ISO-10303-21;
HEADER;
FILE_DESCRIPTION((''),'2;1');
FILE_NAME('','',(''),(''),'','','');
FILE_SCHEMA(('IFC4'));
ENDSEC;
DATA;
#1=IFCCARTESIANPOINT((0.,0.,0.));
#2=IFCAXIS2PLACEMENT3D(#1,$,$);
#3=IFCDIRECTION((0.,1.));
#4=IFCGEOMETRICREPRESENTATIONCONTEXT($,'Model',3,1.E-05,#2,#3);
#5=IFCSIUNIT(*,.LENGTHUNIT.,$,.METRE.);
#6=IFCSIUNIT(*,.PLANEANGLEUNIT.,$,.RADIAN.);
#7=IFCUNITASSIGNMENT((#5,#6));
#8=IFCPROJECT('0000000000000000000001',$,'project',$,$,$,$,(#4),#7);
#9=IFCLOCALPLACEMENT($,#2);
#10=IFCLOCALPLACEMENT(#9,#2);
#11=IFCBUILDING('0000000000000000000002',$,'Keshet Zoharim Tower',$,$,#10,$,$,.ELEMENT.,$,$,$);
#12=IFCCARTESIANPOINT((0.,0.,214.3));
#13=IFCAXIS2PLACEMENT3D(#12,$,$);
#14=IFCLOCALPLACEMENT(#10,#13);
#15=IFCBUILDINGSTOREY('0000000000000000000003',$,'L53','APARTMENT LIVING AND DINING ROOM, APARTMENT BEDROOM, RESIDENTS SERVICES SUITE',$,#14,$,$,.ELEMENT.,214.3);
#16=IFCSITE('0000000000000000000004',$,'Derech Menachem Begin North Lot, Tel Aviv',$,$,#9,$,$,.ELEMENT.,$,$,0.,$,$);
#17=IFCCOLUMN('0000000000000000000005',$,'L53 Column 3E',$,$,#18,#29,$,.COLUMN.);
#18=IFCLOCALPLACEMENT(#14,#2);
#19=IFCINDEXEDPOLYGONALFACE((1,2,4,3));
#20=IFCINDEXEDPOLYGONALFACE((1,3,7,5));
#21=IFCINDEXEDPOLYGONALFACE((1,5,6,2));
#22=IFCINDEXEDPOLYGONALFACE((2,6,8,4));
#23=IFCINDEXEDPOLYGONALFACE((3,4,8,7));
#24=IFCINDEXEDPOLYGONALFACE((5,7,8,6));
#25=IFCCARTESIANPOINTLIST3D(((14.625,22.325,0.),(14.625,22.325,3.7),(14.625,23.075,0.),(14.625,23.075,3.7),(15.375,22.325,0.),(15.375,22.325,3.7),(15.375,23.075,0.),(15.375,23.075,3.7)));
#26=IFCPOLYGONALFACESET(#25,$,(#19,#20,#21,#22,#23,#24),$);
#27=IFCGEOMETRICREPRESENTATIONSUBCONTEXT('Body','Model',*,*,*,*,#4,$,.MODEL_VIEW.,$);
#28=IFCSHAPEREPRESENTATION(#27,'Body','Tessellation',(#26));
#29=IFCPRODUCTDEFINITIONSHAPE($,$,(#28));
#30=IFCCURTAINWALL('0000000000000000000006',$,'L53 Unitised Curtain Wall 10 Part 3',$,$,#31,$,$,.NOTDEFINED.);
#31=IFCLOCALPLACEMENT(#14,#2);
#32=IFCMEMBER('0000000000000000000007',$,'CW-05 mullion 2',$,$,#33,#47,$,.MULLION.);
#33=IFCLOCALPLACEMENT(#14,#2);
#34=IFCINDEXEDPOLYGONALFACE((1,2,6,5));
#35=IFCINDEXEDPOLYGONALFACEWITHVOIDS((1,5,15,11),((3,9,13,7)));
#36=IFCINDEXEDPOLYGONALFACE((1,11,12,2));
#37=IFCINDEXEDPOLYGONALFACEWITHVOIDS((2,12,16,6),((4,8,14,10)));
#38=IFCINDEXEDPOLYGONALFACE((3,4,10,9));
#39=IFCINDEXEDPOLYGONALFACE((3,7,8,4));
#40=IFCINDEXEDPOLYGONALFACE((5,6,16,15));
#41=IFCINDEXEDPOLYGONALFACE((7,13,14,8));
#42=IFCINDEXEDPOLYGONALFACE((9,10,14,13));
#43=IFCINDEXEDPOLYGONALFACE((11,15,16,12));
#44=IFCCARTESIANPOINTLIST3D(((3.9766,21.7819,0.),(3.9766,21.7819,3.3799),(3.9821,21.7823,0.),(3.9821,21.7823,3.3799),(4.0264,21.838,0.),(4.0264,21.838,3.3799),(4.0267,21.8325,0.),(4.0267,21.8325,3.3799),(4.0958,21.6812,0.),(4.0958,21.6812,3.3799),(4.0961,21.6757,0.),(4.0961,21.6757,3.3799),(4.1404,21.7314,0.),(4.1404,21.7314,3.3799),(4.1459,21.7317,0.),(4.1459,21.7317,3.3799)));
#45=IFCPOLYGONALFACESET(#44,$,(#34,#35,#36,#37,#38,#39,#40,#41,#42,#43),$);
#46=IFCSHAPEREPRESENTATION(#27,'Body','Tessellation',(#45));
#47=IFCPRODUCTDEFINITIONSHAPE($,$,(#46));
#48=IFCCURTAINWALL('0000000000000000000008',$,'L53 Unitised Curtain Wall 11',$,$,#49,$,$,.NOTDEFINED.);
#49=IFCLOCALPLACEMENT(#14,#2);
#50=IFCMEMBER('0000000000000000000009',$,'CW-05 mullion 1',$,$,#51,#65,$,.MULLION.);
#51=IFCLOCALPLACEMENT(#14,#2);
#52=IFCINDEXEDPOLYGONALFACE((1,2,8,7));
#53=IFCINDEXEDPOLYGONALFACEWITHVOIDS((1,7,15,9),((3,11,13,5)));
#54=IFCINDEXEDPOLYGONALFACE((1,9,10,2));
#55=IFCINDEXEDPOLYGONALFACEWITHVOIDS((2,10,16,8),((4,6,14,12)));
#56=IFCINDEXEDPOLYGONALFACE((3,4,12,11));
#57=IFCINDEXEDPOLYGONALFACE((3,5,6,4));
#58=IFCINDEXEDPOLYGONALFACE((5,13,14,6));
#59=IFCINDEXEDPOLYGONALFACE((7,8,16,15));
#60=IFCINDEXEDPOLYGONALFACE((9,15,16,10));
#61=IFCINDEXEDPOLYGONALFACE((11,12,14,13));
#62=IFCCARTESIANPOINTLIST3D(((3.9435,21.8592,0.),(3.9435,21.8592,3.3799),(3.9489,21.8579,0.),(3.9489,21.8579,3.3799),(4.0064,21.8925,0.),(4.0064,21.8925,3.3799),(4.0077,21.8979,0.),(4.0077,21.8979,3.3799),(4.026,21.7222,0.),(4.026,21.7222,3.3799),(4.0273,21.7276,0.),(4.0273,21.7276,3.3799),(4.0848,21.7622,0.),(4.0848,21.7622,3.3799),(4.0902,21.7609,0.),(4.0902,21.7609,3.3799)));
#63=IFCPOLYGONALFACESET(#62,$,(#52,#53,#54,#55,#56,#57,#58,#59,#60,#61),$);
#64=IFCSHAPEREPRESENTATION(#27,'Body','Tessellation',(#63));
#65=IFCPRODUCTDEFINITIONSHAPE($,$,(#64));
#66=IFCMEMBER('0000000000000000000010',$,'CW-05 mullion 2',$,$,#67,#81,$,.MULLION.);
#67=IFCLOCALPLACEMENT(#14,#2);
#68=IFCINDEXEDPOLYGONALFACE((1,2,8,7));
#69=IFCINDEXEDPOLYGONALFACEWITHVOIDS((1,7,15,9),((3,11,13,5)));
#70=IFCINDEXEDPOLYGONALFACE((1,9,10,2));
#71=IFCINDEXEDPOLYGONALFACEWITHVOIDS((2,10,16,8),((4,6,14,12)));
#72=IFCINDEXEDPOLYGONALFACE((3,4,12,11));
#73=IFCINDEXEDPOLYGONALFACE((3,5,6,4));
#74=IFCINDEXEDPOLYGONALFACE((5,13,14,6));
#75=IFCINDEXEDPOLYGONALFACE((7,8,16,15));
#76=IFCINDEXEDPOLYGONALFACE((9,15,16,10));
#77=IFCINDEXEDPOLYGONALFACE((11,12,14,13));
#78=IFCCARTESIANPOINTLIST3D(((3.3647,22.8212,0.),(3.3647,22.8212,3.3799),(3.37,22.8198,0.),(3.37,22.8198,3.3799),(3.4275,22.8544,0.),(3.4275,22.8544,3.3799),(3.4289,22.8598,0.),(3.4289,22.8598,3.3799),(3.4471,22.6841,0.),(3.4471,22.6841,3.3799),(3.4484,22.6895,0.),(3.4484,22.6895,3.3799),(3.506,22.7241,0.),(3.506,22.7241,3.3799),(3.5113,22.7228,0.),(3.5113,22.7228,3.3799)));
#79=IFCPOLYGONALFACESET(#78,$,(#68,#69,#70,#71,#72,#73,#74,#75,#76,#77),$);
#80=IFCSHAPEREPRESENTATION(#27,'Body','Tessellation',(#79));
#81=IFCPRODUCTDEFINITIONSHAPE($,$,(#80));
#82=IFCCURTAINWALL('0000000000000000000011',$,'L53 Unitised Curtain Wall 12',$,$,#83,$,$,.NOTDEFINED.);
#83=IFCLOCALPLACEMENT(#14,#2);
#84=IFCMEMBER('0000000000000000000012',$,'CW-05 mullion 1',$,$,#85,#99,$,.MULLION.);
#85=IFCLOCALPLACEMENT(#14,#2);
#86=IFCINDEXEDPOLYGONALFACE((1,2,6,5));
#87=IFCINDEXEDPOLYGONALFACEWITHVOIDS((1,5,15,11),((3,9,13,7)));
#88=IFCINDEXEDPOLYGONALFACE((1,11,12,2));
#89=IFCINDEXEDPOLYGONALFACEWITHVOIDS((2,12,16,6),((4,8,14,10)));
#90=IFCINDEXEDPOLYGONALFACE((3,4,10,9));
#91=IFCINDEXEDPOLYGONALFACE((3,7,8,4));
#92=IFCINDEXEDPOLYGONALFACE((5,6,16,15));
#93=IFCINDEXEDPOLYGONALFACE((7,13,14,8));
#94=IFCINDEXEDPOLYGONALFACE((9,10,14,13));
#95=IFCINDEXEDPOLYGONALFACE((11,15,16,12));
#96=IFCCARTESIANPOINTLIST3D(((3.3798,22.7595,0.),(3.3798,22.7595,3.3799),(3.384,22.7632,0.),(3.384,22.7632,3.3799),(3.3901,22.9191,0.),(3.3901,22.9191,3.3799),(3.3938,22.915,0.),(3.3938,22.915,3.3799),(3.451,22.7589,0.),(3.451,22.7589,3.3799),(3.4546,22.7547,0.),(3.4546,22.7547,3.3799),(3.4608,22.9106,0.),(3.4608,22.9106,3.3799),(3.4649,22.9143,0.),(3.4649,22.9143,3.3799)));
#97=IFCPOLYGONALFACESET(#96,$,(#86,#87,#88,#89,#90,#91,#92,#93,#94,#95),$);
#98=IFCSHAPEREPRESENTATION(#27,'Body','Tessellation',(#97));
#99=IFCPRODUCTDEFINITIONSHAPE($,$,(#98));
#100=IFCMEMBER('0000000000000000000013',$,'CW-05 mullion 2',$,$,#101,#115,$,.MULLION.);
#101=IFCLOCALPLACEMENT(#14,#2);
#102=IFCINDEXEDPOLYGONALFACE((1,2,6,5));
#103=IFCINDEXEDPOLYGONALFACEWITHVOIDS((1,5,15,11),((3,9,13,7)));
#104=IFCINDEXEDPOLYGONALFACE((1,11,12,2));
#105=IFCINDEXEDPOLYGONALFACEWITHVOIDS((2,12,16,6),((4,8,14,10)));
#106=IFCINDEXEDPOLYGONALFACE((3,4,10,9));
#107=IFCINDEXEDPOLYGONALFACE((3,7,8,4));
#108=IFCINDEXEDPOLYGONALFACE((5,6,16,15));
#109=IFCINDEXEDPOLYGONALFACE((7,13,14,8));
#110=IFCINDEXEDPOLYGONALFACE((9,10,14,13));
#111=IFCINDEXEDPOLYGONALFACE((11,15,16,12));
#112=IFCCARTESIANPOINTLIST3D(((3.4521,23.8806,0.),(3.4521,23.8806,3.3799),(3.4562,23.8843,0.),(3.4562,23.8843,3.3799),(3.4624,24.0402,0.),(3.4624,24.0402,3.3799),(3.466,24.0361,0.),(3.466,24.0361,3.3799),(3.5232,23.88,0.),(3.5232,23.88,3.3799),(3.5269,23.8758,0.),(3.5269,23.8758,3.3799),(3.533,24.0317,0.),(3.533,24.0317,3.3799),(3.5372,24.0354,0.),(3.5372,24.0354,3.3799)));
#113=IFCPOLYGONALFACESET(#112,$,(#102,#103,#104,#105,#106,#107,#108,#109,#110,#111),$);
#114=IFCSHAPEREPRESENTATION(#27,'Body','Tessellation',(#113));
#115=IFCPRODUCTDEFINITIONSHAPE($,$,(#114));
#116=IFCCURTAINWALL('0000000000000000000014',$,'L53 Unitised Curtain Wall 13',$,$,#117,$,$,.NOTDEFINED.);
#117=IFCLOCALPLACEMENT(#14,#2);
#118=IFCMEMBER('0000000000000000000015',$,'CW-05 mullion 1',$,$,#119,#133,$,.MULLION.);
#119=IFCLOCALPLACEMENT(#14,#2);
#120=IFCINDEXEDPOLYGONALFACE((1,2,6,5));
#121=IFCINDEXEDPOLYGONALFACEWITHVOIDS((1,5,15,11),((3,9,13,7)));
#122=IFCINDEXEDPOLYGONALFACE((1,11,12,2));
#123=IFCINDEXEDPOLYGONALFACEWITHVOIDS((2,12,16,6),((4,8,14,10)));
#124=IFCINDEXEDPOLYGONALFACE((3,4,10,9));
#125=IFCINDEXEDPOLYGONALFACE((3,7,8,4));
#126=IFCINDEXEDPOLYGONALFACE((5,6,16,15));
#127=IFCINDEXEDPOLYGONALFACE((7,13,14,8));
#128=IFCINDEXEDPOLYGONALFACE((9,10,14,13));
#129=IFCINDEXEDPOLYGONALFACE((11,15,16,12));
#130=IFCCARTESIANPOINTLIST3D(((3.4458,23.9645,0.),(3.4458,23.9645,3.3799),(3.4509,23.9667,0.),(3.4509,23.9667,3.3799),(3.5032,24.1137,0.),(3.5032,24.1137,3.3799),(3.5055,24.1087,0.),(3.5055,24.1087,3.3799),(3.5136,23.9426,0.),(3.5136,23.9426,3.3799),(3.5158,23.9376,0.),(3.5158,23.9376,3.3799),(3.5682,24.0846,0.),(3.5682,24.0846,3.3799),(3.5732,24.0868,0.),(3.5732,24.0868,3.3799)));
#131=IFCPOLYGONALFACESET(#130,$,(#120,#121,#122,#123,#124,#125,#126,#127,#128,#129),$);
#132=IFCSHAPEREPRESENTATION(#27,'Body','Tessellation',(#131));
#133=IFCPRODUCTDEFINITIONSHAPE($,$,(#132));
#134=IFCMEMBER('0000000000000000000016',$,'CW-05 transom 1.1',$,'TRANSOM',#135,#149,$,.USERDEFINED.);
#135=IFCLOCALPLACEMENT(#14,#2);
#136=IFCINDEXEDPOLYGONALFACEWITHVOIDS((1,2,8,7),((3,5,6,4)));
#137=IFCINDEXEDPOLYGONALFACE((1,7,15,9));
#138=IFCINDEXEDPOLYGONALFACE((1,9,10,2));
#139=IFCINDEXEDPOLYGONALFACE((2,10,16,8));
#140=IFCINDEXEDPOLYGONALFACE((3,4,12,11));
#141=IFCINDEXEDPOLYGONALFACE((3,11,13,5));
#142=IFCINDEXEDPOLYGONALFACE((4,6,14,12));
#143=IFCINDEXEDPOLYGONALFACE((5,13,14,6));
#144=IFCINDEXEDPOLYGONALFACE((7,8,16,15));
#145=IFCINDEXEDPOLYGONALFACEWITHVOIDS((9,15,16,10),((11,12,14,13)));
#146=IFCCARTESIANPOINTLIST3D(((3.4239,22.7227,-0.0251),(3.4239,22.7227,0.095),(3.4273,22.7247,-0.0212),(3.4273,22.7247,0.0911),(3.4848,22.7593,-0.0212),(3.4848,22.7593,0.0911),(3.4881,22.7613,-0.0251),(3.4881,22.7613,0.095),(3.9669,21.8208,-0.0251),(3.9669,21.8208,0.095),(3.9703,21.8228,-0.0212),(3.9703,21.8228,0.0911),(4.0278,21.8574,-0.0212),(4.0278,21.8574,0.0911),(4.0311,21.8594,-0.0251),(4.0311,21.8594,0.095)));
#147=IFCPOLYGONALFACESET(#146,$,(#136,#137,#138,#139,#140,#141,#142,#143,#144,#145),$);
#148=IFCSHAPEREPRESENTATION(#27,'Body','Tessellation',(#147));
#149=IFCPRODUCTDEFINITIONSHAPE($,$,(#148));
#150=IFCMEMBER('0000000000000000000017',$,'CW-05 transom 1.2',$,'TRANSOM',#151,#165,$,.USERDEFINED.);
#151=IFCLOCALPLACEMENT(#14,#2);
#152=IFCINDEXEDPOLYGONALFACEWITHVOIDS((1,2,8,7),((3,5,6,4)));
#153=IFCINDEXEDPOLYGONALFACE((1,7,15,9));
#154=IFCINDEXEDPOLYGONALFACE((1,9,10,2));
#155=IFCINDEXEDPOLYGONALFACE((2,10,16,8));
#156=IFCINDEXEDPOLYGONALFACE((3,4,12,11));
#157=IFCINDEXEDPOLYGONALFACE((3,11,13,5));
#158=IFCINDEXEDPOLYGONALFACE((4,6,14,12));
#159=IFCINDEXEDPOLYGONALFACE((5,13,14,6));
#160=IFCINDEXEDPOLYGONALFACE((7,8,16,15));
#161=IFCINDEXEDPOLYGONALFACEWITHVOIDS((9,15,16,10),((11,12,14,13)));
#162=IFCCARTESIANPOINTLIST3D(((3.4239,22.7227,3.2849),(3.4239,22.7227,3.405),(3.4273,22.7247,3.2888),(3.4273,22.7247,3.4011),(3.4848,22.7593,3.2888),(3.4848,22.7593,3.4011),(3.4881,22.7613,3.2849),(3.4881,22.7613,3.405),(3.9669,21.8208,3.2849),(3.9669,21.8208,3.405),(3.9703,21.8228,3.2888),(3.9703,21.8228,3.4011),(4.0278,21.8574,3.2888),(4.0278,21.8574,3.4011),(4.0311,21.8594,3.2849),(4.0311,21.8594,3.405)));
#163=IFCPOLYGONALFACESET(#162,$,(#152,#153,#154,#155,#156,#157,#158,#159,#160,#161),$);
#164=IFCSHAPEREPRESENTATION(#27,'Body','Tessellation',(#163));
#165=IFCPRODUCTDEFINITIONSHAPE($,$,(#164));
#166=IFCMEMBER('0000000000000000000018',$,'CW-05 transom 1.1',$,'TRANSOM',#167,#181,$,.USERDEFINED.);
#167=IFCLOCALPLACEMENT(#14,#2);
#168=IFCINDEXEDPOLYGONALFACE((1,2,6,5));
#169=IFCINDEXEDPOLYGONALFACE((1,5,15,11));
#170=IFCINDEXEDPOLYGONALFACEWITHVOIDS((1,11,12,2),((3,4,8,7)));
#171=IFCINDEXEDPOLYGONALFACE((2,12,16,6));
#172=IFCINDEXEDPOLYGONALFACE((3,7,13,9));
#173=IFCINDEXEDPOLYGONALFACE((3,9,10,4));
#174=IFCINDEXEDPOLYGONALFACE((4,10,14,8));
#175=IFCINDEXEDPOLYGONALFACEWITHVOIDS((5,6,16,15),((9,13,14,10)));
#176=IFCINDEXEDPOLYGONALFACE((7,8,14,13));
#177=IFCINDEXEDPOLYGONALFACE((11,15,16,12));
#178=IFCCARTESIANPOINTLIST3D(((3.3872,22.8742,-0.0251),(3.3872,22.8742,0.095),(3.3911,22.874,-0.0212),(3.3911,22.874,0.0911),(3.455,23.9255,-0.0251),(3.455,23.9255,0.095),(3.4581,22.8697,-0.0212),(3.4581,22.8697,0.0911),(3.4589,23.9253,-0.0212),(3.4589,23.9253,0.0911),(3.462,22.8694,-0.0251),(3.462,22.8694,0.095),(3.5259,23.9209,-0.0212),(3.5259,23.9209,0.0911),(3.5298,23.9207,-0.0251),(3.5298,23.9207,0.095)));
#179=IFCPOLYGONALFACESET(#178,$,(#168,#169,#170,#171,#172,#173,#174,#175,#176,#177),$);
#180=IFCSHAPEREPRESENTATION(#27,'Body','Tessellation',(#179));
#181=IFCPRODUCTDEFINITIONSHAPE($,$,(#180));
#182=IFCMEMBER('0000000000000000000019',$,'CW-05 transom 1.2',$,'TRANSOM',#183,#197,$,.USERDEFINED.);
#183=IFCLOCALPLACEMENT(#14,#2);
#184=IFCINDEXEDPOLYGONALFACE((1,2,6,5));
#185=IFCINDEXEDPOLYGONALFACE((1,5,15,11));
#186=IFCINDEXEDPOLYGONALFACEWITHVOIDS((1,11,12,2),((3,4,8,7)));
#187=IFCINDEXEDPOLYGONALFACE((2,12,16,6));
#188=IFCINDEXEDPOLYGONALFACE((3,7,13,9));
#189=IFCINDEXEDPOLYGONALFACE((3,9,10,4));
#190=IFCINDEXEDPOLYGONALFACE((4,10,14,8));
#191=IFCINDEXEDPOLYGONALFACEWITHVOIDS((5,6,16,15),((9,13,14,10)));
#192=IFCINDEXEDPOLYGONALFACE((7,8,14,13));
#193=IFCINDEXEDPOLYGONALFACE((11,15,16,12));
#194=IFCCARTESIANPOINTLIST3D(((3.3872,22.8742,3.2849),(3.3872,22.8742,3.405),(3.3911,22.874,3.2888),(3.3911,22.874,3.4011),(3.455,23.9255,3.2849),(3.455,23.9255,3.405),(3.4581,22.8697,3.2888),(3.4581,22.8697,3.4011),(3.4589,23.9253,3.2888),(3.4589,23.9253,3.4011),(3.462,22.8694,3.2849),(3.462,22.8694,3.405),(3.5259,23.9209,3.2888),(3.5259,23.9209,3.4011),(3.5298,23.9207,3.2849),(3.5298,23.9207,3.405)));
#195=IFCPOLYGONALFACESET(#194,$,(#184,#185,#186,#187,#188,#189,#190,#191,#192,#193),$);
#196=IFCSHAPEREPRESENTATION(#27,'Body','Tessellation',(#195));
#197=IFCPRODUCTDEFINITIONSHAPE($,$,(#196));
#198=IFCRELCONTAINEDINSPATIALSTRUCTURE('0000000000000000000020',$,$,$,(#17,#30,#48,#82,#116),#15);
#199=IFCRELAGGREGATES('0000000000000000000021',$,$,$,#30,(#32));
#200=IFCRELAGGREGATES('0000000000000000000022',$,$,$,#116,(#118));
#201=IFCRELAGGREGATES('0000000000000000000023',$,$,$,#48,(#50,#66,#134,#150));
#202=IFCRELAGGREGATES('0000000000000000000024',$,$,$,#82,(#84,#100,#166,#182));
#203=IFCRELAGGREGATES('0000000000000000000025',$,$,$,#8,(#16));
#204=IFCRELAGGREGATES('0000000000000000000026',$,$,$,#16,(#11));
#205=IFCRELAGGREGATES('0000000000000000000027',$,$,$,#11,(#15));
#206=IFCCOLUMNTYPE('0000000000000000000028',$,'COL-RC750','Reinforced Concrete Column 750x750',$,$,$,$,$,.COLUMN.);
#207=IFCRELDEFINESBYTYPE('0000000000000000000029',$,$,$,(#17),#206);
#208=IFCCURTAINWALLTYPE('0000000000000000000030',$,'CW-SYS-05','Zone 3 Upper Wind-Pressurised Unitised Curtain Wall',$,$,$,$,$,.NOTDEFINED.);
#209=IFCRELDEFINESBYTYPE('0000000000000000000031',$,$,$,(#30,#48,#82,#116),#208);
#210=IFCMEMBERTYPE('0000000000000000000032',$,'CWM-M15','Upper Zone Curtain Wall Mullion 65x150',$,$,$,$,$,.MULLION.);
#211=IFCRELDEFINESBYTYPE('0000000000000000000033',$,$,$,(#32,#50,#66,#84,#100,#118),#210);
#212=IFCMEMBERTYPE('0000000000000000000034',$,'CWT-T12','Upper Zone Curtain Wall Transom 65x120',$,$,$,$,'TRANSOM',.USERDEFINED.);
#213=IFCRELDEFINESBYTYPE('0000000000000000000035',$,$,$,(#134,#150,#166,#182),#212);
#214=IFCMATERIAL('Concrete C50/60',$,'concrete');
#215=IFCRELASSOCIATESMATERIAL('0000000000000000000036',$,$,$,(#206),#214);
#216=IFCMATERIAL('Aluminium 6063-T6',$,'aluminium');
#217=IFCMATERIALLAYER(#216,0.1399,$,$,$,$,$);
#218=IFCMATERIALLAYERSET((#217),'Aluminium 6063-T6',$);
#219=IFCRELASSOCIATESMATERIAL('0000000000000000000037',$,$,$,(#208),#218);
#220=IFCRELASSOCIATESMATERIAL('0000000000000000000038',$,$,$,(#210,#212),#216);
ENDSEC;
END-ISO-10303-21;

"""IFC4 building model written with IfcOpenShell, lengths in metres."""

from ifc_helpers import new_model, si_unit, direction, frame, origin, origin_2d, place, context, subcontext, project, spatial, rectangle, hollow_rectangle, extrude, material, layer, layer_set, material_profile, profile_set, type_object, element, aggregate, save


model = new_model("IFC4")

# Units and contexts
model_context = context("Model", 3, precision=1e-05, world=origin(), true_north=direction((0.0, 1.0)))
body_context = subcontext(model_context, "Body", "Model", "MODEL_VIEW")
ifc_project = project(units=[si_unit("LENGTHUNIT", "METRE"), si_unit("PLANEANGLEUNIT", "RADIAN")], contexts=[model_context])

# Site, building, storey
site_placement = place(None, origin())
site = spatial("IfcSite", under=ifc_project, at=site_placement, Name="Derech Menachem Begin North Lot, Tel Aviv", CompositionType="ELEMENT", RefElevation=0.0)
building_placement = place(site_placement, origin())
building = spatial("IfcBuilding", under=site, at=building_placement, Name="Keshet Zoharim Tower", CompositionType="ELEMENT")
storey_placement = place(building_placement, frame((0.0, 0.0, 214.3)))
storey = spatial("IfcBuildingStorey", under=building, at=storey_placement, Name="L53", Description="APARTMENT LIVING AND DINING ROOM, APARTMENT BEDROOM, RESIDENTS SERVICES SUITE", CompositionType="ELEMENT", Elevation=214.3)

# Column
ifc_material_1 = material(Name="Concrete C50/60", Category="concrete")
ifc_material_profile_1 = material_profile(ifc_material_1, rectangle(XDim=0.75, YDim=0.75, at=origin_2d()), Name="RC750x750")
ifc_profile_set_1 = profile_set([ifc_material_profile_1], Name="Concrete C50/60")
column_type = type_object("IfcColumnType", Name="COL-RC750", Description="Reinforced Concrete Column 750x750", PredefinedType="COLUMN", material=ifc_profile_set_1)
column_placement = place(storey_placement, frame((15.0, 22.7, 0.0), z_axis=(0.0, 0.0, 1.0), x_axis=(1.0, 0.0, 0.0)))
element("IfcColumn", 1, at=column_placement, inside=storey, type_object=column_type, Name="L53 Column 3E", PredefinedType="COLUMN", context=body_context, shape_type="SweptSolid", body=[
    extrude(rectangle(XDim=0.75, YDim=0.75, at=origin_2d()), origin(), (0.0, 0.0, 1.0), 3.7),
])

# Curtain wall, member
ifc_material_2 = material(Name="Aluminium 6063-T6", Category="aluminium")
ifc_layer_1 = layer(ifc_material_2, 0.1399)
ifc_layer_set_1 = layer_set([ifc_layer_1], Name="Aluminium 6063-T6")
curtain_wall_type = type_object("IfcCurtainWallType", Name="CW-SYS-05", Description="Zone 3 Upper Wind-Pressurised Unitised Curtain Wall", PredefinedType="NOTDEFINED", material=ifc_layer_set_1)
curtain_wall_1_placement = place(storey_placement, origin())
curtain_wall_1 = element("IfcCurtainWall", 2, at=curtain_wall_1_placement, inside=storey, type_object=curtain_wall_type, Name="L53 Unitised Curtain Wall 10 Part 3", PredefinedType="NOTDEFINED")
ifc_material_profile_2 = material_profile(ifc_material_2, hollow_rectangle(XDim=0.075, YDim=0.1599, WallThickness=0.0039, at=origin_2d()), Name="MUL-75x160")
ifc_profile_set_2 = profile_set([ifc_material_profile_2], Name="Aluminium 6063-T6")
member_type_1 = type_object("IfcMemberType", Name="CWM-M15", Description="Upper Zone Curtain Wall Mullion 65x150", PredefinedType="MULLION", material=ifc_profile_set_2)
member_1_placement = place(storey_placement, frame((4.0613, 21.7568, 0.0), z_axis=(0.0, 0.0, 1.0), x_axis=(-0.664364, -0.747409, 0.0)))
member_1 = element("IfcMember", 3, at=member_1_placement, type_object=member_type_1, Name="CW-05 mullion 2", PredefinedType="MULLION", context=body_context, shape_type="SweptSolid", body=[
    extrude(hollow_rectangle(XDim=0.075, YDim=0.1599, WallThickness=0.0039, at=origin_2d()), origin(), (0.0, 0.0, 1.0), 3.3799),
])
aggregate(curtain_wall_1, [member_1])

# Curtain walls, members
curtain_wall_2_placement = place(storey_placement, origin())
curtain_wall_2 = element("IfcCurtainWall", 4, at=curtain_wall_2_placement, inside=storey, type_object=curtain_wall_type, Name="L53 Unitised Curtain Wall 11", PredefinedType="NOTDEFINED")
member_2_placement = place(storey_placement, frame((4.0168, 21.8101, 0.0), z_axis=(0.0, 0.0, 1.0), x_axis=(-0.856826, -0.515605, 0.0)))
member_2 = element("IfcMember", 5, at=member_2_placement, type_object=member_type_1, Name="CW-05 mullion 1", PredefinedType="MULLION", context=body_context, shape_type="SweptSolid", body=[
    extrude(hollow_rectangle(XDim=0.075, YDim=0.1599, WallThickness=0.0039, at=origin_2d()), origin(), (0.0, 0.0, 1.0), 3.3799),
])
member_3_placement = place(storey_placement, frame((3.438, 22.772, 0.0), z_axis=(0.0, 0.0, 1.0), x_axis=(-0.856826, -0.515605, 0.0)))
member_3 = element("IfcMember", 6, at=member_3_placement, type_object=member_type_1, Name="CW-05 mullion 2", PredefinedType="MULLION", context=body_context, shape_type="SweptSolid", body=[
    extrude(hollow_rectangle(XDim=0.075, YDim=0.1599, WallThickness=0.0039, at=origin_2d()), origin(), (0.0, 0.0, 1.0), 3.3799),
])
curtain_wall_3_placement = place(storey_placement, origin())
curtain_wall_3 = element("IfcCurtainWall", 7, at=curtain_wall_3_placement, inside=storey, type_object=curtain_wall_type, Name="L53 Unitised Curtain Wall 12", PredefinedType="NOTDEFINED")
member_4_placement = place(storey_placement, frame((3.4224, 22.8369, 0.0), z_axis=(0.0, 0.0, 1.0), x_axis=(-0.997917, 0.064517, 0.0)))
member_4 = element("IfcMember", 8, at=member_4_placement, type_object=member_type_1, Name="CW-05 mullion 1", PredefinedType="MULLION", context=body_context, shape_type="SweptSolid", body=[
    extrude(hollow_rectangle(XDim=0.075, YDim=0.1599, WallThickness=0.0039, at=origin_2d()), origin(), (0.0, 0.0, 1.0), 3.3799),
])
member_5_placement = place(storey_placement, frame((3.4946, 23.958, 0.0), z_axis=(0.0, 0.0, 1.0), x_axis=(-0.997917, 0.064517, 0.0)))
member_5 = element("IfcMember", 9, at=member_5_placement, type_object=member_type_1, Name="CW-05 mullion 2", PredefinedType="MULLION", context=body_context, shape_type="SweptSolid", body=[
    extrude(hollow_rectangle(XDim=0.075, YDim=0.1599, WallThickness=0.0039, at=origin_2d()), origin(), (0.0, 0.0, 1.0), 3.3799),
])

# Curtain wall, member
curtain_wall_4_placement = place(storey_placement, origin())
curtain_wall_4 = element("IfcCurtainWall", 10, at=curtain_wall_4_placement, inside=storey, type_object=curtain_wall_type, Name="L53 Unitised Curtain Wall 13", PredefinedType="NOTDEFINED")
member_6_placement = place(storey_placement, frame((3.5095, 24.0256, 0.0), z_axis=(0.0, 0.0, 1.0), x_axis=(-0.933341, 0.35899, 0.0)))
member_6 = element("IfcMember", 11, at=member_6_placement, type_object=member_type_1, Name="CW-05 mullion 1", PredefinedType="MULLION", context=body_context, shape_type="SweptSolid", body=[
    extrude(hollow_rectangle(XDim=0.075, YDim=0.1599, WallThickness=0.0039, at=origin_2d()), origin(), (0.0, 0.0, 1.0), 3.3799),
])

# Members
ifc_material_profile_3 = material_profile(ifc_material_2, hollow_rectangle(XDim=0.075, YDim=0.1201, WallThickness=0.0039, at=origin_2d()), Name="TRN-75x120")
ifc_profile_set_3 = profile_set([ifc_material_profile_3], Name="Aluminium 6063-T6")
member_type_2 = type_object("IfcMemberType", Name="CWT-T12", Description="Upper Zone Curtain Wall Transom 65x120", ElementType="TRANSOM", PredefinedType="USERDEFINED", material=ifc_profile_set_3)
member_7_placement = place(storey_placement, frame((3.999, 21.8401, 0.0349), z_axis=(-0.515791, 0.856714, 0.0), x_axis=(-0.856714, -0.515791, 0.0)))
member_7 = element("IfcMember", 12, at=member_7_placement, type_object=member_type_2, Name="CW-05 transom 1.1", ObjectType="TRANSOM", PredefinedType="USERDEFINED", context=body_context, shape_type="SweptSolid", body=[
    extrude(hollow_rectangle(XDim=0.075, YDim=0.1201, WallThickness=0.0039, at=origin_2d()), origin(), (0.0, 0.0, 1.0), 1.0527),
])
member_8_placement = place(storey_placement, frame((3.999, 21.8401, 3.345), z_axis=(-0.515791, 0.856714, 0.0), x_axis=(-0.856714, -0.515791, 0.0)))
member_8 = element("IfcMember", 13, at=member_8_placement, type_object=member_type_2, Name="CW-05 transom 1.2", ObjectType="TRANSOM", PredefinedType="USERDEFINED", context=body_context, shape_type="SweptSolid", body=[
    extrude(hollow_rectangle(XDim=0.075, YDim=0.1201, WallThickness=0.0039, at=origin_2d()), origin(), (0.0, 0.0, 1.0), 1.0527),
])
member_9_placement = place(storey_placement, frame((3.4246, 22.8718, 0.0349), z_axis=(0.064427, 0.997922, 0.0), x_axis=(-0.997922, 0.064427, 0.0)))
member_9 = element("IfcMember", 14, at=member_9_placement, type_object=member_type_2, Name="CW-05 transom 1.1", ObjectType="TRANSOM", PredefinedType="USERDEFINED", context=body_context, shape_type="SweptSolid", body=[
    extrude(hollow_rectangle(XDim=0.075, YDim=0.1201, WallThickness=0.0039, at=origin_2d()), origin(), (0.0, 0.0, 1.0), 1.0535),
])
member_10_placement = place(storey_placement, frame((3.4246, 22.8718, 3.345), z_axis=(0.064427, 0.997922, 0.0), x_axis=(-0.997922, 0.064427, 0.0)))
member_10 = element("IfcMember", 15, at=member_10_placement, type_object=member_type_2, Name="CW-05 transom 1.2", ObjectType="TRANSOM", PredefinedType="USERDEFINED", context=body_context, shape_type="SweptSolid", body=[
    extrude(hollow_rectangle(XDim=0.075, YDim=0.1201, WallThickness=0.0039, at=origin_2d()), origin(), (0.0, 0.0, 1.0), 1.0535),
])
aggregate(curtain_wall_4, [member_6])

aggregate(curtain_wall_2, [member_2, member_3, member_7, member_8])
aggregate(curtain_wall_3, [member_4, member_5, member_9, member_10])

save(model, "model.ifc")
